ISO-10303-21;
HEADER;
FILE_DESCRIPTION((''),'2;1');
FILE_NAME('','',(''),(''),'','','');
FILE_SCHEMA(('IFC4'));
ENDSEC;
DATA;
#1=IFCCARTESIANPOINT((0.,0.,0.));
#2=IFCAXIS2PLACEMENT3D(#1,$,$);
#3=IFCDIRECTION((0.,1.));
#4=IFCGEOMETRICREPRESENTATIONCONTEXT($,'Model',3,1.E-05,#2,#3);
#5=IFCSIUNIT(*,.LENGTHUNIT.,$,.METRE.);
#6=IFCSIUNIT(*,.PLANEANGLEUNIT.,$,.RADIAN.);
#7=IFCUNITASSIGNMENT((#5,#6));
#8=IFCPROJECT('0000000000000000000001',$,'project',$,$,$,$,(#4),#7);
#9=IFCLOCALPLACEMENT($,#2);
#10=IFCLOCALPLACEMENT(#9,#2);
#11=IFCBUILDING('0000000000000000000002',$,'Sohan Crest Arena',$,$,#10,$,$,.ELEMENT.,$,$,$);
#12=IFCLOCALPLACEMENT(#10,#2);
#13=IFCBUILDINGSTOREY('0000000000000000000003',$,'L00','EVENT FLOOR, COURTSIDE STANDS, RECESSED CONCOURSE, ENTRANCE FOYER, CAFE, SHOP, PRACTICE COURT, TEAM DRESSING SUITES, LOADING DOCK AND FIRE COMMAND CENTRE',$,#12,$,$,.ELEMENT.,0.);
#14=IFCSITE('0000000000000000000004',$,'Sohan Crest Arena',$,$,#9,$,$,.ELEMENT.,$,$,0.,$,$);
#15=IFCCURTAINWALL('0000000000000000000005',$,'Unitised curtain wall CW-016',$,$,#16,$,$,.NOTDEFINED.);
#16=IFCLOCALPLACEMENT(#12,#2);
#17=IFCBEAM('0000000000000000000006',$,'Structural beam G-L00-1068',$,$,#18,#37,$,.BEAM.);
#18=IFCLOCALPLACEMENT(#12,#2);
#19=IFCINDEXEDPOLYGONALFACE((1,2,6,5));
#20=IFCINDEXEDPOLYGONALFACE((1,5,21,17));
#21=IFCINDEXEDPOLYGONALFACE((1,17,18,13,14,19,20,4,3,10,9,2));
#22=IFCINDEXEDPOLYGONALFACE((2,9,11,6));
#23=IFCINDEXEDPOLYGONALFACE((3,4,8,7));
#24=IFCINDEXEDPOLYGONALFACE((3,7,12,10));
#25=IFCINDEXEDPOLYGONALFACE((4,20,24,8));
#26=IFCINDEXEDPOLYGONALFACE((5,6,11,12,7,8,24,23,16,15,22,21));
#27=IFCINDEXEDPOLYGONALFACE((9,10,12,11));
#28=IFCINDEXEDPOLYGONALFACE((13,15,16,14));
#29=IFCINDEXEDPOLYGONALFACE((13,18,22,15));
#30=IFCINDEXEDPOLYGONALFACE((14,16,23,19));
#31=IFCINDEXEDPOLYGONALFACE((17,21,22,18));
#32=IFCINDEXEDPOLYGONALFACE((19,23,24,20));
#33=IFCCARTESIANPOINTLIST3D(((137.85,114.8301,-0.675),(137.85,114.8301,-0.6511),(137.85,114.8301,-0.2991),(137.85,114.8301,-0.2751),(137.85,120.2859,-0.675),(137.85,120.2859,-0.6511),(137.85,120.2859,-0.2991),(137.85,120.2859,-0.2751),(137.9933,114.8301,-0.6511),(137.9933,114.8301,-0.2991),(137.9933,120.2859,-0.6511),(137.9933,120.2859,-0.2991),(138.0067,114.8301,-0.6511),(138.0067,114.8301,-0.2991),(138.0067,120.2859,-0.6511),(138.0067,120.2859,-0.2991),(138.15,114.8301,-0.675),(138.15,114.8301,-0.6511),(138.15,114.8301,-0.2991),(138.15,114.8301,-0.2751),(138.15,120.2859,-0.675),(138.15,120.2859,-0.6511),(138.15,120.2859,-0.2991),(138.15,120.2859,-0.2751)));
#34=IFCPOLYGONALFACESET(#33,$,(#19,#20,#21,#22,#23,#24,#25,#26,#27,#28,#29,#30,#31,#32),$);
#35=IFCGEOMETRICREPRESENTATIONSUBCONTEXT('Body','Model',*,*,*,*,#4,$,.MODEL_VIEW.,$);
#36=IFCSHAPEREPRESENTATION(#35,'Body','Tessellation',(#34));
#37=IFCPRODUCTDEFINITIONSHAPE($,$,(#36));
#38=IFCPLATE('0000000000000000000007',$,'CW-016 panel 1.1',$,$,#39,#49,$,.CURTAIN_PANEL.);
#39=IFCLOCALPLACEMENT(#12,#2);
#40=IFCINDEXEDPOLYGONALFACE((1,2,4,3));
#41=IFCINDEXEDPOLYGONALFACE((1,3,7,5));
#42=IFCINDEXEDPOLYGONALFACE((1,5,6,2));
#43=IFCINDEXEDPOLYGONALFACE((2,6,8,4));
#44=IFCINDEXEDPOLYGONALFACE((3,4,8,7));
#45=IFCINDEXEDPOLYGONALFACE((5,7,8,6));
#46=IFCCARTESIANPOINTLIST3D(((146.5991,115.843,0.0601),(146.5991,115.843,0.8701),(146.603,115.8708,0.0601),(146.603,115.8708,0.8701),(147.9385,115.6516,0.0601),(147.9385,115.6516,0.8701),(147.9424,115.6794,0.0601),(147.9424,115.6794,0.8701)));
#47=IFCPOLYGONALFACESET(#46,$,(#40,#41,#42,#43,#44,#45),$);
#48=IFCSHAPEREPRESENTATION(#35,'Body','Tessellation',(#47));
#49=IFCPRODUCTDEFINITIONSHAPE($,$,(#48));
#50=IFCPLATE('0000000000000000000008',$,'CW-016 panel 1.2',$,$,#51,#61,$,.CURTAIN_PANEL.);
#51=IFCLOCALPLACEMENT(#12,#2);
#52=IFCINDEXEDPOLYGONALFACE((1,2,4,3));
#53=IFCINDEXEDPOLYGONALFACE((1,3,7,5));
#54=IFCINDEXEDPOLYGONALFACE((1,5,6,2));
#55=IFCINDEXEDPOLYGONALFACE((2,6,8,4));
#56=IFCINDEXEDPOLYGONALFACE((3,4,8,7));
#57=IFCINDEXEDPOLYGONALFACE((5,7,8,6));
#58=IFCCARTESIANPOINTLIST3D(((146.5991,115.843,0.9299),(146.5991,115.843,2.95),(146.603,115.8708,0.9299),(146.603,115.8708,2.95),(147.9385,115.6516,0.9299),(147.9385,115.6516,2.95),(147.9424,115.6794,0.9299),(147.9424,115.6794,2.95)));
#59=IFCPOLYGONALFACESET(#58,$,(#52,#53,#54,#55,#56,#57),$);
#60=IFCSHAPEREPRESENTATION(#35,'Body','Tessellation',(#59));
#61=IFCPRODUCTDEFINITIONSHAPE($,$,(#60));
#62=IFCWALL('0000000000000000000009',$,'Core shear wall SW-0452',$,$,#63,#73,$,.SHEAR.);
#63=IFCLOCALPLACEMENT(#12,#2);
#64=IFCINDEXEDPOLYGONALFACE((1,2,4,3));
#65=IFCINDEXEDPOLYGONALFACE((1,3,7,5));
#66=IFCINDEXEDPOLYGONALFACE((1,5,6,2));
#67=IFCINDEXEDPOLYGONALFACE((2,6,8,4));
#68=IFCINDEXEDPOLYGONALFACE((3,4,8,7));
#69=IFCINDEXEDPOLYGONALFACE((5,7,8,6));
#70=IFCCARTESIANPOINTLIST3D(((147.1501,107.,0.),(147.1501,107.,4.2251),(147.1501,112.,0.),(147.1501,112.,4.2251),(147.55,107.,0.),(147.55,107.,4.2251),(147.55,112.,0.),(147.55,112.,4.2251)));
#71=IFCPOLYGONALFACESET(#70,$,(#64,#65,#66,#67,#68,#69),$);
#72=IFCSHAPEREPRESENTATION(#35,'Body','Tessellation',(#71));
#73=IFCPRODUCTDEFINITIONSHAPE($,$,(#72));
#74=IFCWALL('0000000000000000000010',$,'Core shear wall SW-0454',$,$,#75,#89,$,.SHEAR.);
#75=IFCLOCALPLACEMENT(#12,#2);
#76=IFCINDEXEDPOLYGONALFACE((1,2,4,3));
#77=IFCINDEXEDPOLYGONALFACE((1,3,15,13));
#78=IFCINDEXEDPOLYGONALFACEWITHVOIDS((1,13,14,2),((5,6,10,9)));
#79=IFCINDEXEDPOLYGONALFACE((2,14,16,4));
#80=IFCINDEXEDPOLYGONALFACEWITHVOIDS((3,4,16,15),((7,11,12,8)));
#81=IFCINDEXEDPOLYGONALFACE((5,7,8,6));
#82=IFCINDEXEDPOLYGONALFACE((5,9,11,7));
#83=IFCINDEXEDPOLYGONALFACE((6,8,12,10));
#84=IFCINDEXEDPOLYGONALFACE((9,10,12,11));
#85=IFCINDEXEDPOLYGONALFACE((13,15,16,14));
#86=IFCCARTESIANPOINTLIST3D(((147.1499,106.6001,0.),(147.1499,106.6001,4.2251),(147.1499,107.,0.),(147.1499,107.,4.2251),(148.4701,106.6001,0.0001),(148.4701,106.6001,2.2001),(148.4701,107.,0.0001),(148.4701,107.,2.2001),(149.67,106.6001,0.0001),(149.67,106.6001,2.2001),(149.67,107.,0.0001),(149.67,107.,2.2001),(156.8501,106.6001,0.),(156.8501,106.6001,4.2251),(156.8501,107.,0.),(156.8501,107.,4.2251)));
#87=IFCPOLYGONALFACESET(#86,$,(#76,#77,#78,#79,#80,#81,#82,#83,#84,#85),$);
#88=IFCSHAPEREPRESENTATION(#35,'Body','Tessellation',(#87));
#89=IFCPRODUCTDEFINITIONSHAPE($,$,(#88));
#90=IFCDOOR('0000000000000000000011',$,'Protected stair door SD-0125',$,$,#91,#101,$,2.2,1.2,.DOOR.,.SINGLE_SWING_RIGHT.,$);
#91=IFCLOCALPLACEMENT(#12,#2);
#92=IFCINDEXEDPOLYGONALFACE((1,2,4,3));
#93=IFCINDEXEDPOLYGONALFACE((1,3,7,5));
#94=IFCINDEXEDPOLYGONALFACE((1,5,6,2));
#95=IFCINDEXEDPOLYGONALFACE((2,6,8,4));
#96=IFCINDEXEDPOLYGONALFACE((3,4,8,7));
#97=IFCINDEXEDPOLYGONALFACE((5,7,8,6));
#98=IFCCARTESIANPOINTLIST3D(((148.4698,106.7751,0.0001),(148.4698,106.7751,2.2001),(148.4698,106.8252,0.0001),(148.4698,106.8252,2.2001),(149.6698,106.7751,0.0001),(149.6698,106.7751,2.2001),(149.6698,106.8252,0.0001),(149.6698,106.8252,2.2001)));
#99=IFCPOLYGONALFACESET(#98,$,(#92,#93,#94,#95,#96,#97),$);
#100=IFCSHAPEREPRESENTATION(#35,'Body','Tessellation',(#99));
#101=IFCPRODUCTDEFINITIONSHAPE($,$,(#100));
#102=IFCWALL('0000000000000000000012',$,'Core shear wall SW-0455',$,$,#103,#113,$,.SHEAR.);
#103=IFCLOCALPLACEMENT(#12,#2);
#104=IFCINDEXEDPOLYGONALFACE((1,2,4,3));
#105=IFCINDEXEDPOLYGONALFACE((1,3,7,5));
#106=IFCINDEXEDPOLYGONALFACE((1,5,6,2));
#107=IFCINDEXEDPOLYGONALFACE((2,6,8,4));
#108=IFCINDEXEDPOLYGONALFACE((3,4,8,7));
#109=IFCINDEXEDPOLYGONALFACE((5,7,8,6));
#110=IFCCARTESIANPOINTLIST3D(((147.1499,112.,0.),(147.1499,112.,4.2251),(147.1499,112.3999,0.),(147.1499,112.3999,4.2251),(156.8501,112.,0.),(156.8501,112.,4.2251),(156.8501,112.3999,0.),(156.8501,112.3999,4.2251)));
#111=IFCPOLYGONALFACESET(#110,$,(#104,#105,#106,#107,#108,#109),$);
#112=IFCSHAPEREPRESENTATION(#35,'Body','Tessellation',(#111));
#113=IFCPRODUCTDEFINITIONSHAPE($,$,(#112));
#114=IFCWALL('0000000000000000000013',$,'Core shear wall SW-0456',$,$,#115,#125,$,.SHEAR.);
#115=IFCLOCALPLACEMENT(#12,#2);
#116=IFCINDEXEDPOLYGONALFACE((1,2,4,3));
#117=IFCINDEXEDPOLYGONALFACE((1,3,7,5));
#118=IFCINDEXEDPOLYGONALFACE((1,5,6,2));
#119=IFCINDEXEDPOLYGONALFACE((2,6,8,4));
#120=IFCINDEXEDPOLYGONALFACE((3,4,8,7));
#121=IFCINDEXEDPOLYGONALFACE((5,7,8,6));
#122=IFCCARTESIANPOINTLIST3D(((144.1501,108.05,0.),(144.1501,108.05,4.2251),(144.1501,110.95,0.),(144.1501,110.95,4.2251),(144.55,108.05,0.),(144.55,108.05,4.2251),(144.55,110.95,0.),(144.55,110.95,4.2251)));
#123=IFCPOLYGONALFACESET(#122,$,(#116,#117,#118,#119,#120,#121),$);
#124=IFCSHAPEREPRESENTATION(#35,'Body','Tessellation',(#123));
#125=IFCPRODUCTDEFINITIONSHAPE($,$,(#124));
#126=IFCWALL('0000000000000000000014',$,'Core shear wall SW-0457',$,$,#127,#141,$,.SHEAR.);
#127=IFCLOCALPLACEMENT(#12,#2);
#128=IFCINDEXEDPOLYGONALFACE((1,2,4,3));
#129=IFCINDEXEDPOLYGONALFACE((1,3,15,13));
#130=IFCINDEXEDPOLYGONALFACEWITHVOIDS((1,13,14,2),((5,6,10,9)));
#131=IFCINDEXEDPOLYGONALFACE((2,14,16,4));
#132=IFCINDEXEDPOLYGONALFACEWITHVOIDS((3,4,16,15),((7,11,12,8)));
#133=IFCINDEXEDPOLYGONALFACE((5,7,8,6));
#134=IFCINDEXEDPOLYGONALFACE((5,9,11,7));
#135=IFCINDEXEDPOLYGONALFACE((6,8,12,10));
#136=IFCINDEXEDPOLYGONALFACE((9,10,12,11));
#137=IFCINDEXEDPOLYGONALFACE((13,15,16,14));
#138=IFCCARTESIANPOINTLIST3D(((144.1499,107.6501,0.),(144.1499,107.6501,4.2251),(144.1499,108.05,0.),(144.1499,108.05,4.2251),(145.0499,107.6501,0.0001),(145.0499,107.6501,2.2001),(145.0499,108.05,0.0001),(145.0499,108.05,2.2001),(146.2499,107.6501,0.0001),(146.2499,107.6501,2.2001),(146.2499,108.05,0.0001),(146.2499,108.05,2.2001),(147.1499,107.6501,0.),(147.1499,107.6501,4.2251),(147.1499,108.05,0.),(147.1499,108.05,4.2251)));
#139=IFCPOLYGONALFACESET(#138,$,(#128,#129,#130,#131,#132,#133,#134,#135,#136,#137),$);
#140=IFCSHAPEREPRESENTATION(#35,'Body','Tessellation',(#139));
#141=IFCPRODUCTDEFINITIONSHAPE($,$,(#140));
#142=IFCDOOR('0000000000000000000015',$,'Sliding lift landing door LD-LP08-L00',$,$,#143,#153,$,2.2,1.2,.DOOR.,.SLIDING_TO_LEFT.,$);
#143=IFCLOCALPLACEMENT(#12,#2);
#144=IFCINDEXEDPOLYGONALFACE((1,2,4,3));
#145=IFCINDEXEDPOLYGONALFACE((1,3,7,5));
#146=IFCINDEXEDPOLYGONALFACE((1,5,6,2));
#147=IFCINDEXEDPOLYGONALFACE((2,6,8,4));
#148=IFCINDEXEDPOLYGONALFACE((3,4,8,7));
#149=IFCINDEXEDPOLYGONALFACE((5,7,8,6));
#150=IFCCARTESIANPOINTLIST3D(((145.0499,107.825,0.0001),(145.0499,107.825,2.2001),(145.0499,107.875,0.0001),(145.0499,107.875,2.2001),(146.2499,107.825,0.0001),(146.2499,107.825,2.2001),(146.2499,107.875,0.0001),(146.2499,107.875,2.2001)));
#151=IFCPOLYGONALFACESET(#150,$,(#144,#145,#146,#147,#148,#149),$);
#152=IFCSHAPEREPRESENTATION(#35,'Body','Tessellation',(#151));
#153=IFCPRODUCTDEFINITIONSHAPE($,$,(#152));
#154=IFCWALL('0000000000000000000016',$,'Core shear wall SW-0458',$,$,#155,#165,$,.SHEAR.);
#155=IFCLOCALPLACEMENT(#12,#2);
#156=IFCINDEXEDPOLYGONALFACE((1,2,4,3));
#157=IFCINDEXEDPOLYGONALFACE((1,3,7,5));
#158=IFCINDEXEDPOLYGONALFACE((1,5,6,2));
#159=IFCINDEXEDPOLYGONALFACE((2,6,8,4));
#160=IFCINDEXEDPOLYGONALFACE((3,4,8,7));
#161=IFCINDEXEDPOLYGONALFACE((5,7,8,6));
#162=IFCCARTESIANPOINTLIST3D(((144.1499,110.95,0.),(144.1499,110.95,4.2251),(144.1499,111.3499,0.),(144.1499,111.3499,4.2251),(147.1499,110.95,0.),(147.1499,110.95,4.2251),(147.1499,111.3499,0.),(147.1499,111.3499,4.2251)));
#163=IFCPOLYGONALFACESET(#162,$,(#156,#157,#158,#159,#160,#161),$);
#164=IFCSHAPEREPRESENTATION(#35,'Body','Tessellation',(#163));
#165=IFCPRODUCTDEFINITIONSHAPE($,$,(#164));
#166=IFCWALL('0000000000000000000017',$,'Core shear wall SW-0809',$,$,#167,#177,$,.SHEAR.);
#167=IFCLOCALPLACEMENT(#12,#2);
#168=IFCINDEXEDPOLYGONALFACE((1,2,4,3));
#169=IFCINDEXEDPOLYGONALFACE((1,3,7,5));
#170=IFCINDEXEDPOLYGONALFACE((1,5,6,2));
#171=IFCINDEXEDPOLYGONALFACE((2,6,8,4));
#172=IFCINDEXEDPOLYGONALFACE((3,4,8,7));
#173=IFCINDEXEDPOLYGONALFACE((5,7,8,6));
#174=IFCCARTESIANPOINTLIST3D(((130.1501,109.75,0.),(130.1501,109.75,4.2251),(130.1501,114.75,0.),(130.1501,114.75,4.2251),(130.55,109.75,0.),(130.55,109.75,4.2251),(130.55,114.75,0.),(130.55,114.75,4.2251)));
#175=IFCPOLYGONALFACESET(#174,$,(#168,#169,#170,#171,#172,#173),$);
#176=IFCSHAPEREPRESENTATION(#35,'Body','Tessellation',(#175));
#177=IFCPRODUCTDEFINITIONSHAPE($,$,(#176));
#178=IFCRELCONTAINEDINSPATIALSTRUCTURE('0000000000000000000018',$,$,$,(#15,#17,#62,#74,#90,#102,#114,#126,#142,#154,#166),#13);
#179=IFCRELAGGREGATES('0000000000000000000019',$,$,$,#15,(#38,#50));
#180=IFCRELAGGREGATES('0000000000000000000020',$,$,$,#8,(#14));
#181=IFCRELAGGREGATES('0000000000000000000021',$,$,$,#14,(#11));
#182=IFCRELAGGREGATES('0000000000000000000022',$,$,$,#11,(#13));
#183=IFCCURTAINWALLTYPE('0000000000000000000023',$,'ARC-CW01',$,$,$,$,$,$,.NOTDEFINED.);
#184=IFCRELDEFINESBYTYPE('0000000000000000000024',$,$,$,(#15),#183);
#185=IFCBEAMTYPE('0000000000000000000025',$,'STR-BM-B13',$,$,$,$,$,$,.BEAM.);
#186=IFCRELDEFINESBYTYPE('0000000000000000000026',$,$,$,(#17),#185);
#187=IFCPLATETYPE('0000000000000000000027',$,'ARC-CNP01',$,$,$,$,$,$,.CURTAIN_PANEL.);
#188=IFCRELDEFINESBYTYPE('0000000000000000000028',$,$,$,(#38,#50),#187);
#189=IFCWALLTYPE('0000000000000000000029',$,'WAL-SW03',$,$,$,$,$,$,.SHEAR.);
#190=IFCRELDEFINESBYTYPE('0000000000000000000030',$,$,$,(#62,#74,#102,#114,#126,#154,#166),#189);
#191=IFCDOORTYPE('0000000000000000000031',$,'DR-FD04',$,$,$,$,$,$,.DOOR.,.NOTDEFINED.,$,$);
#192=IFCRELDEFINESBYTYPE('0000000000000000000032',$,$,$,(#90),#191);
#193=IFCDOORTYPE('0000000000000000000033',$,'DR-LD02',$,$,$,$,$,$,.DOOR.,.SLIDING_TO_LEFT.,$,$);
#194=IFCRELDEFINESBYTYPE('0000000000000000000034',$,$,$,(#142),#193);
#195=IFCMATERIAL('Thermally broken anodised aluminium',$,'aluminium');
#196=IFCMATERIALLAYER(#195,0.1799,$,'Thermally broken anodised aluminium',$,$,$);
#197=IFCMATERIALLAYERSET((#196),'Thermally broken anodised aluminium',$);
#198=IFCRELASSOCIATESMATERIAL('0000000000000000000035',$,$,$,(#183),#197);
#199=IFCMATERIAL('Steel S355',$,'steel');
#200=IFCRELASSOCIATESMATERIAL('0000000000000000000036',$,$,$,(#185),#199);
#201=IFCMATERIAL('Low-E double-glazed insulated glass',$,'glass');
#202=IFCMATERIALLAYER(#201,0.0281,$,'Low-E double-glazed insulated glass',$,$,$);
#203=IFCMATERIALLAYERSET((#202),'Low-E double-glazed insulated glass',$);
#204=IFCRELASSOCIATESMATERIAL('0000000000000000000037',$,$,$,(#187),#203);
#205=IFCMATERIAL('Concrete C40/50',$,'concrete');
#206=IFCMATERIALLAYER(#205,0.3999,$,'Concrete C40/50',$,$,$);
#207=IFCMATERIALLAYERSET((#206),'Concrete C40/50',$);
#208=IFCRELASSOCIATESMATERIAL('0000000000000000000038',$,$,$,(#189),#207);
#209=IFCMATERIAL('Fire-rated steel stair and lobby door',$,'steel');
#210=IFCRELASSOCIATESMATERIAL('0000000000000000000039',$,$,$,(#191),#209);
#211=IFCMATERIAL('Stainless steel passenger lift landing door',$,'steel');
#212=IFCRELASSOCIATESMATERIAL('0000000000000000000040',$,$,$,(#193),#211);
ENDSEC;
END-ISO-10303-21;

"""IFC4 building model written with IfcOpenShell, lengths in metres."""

from ifc_helpers import new_model, si_unit, direction, frame, frame_2d, origin, origin_2d, place, context, subcontext, project, spatial, rectangle, i_section, extrude, material, layer, layer_set, material_profile, profile_set, type_object, element, fill, aggregate, save


model = new_model("IFC4")

# Units and contexts
model_context = context("Model", 3, precision=1e-05, world=origin(), true_north=direction((0.0, 1.0)))
body_context = subcontext(model_context, "Body", "Model", "MODEL_VIEW")
ifc_project = project(units=[si_unit("LENGTHUNIT", "METRE"), si_unit("PLANEANGLEUNIT", "RADIAN")], contexts=[model_context])

# Site, building, storey
site_placement = place(None, origin())
site = spatial("IfcSite", under=ifc_project, at=site_placement, Name="Sohan Crest Arena", CompositionType="ELEMENT", RefElevation=0.0)
building_placement = place(site_placement, origin())
building = spatial("IfcBuilding", under=site, at=building_placement, Name="Sohan Crest Arena", CompositionType="ELEMENT")
storey_placement = place(building_placement, origin())
storey = spatial("IfcBuildingStorey", under=building, at=storey_placement, Name="L00", Description="EVENT FLOOR, COURTSIDE STANDS, RECESSED CONCOURSE, ENTRANCE FOYER, CAFE, SHOP, PRACTICE COURT, TEAM DRESSING SUITES, LOADING DOCK AND FIRE COMMAND CENTRE", CompositionType="ELEMENT", Elevation=0.0)

# Shared definitions
ifc_material_1 = material(Name="Steel S355", Category="steel")

# Curtain wall
ifc_material_2 = material(Name="Thermally broken anodised aluminium", Category="aluminium")
ifc_layer_1 = layer(ifc_material_2, 0.1799, Name="Thermally broken anodised aluminium")
ifc_layer_set_1 = layer_set([ifc_layer_1], Name="Thermally broken anodised aluminium")
curtain_wall_type = type_object("IfcCurtainWallType", Name="ARC-CW01", PredefinedType="NOTDEFINED", material=ifc_layer_set_1)
curtain_wall_placement = place(storey_placement, origin())
curtain_wall = element("IfcCurtainWall", 1, at=curtain_wall_placement, inside=storey, type_object=curtain_wall_type, Name="Unitised curtain wall CW-016", PredefinedType="NOTDEFINED")

# Beam
ifc_material_profile_1 = material_profile(ifc_material_1, i_section(OverallWidth=0.3, OverallDepth=0.3999, WebThickness=0.0134, FlangeThickness=0.0239, at=origin_2d()), Name="HEB 400")
ifc_profile_set_1 = profile_set([ifc_material_profile_1], Name="Steel S355")
beam_type_1 = type_object("IfcBeamType", Name="STR-BM-B13", PredefinedType="BEAM", material=ifc_profile_set_1)
beam_1_placement = place(storey_placement, frame((138.0, 114.8301, -0.4751), z_axis=(0.0, 1.0, 0.0), x_axis=(-1.0, 0.0, 0.0)))
element("IfcBeam", 2, at=beam_1_placement, inside=storey, type_object=beam_type_1, Name="Structural beam G-L00-1068", PredefinedType="BEAM", context=body_context, shape_type="SweptSolid", body=[
    extrude(i_section(OverallWidth=0.3, OverallDepth=0.3999, WebThickness=0.0134, FlangeThickness=0.0239, at=origin_2d()), origin(), (0.0, 0.0, 1.0), 5.4558),
])

# Plates
ifc_material_3 = material(Name="Low-E double-glazed insulated glass", Category="glass")
ifc_layer_2 = layer(ifc_material_3, 0.0281, Name="Low-E double-glazed insulated glass")
ifc_layer_set_2 = layer_set([ifc_layer_2], Name="Low-E double-glazed insulated glass")
plate_type = type_object("IfcPlateType", Name="ARC-CNP01", PredefinedType="CURTAIN_PANEL", material=ifc_layer_set_2)
plate_1_placement = place(storey_placement, frame((147.2708, 115.7612, 0.0601), z_axis=(0.0, 0.0, 1.0), x_axis=(-0.989944, 0.141463, 0.0)))
plate_1 = element("IfcPlate", 3, at=plate_1_placement, type_object=plate_type, Name="CW-016 panel 1.1", PredefinedType="CURTAIN_PANEL", context=body_context, shape_type="SweptSolid", body=[
    extrude(rectangle(XDim=1.353, YDim=0.0281, at=origin_2d()), origin(), (0.0, 0.0, 1.0), 0.8101),
])
plate_2_placement = place(storey_placement, frame((147.2708, 115.7612, 0.9299), z_axis=(0.0, 0.0, 1.0), x_axis=(-0.989944, 0.141463, 0.0)))
plate_2 = element("IfcPlate", 4, at=plate_2_placement, type_object=plate_type, Name="CW-016 panel 1.2", PredefinedType="CURTAIN_PANEL", context=body_context, shape_type="SweptSolid", body=[
    extrude(rectangle(XDim=1.353, YDim=0.0281, at=origin_2d()), origin(), (0.0, 0.0, 1.0), 2.02),
])
aggregate(curtain_wall, [plate_1, plate_2])

# Wall
ifc_material_4 = material(Name="Concrete C40/50", Category="concrete")
ifc_layer_3 = layer(ifc_material_4, 0.3999, Name="Concrete C40/50")
ifc_layer_set_3 = layer_set([ifc_layer_3], Name="Concrete C40/50")
wall_type = type_object("IfcWallType", Name="WAL-SW03", PredefinedType="SHEAR", material=ifc_layer_set_3)
wall_1_placement = place(storey_placement, frame((147.3501, 107.0, 0.0), z_axis=(0.0, 0.0, 1.0), x_axis=(0.0, 1.0, 0.0)))
element("IfcWall", 5, at=wall_1_placement, inside=storey, type_object=wall_type, Name="Core shear wall SW-0452", PredefinedType="SHEAR", context=body_context, shape_type="SweptSolid", body=[
    extrude(rectangle(XDim=5.0, YDim=0.3999, at=frame_2d((2.5, 0.0))), origin(), (0.0, 0.0, 1.0), 4.2251),
])

# Wall, opening, door
wall_2_placement = place(storey_placement, frame((147.1499, 106.8, 0.0), z_axis=(0.0, 0.0, 1.0), x_axis=(1.0, 0.0, 0.0)))
wall_2 = element("IfcWall", 6, at=wall_2_placement, inside=storey, type_object=wall_type, Name="Core shear wall SW-0454", PredefinedType="SHEAR", context=body_context, shape_type="SweptSolid", body=[
    extrude(rectangle(XDim=9.7002, YDim=0.3999, at=frame_2d((4.8501, 0.0))), origin(), (0.0, 0.0, 1.0), 4.2251),
])
opening_1_placement = place(wall_2_placement, frame((1.3201, 0.0, 0.0)))
opening_1 = element("IfcOpeningElement", 7, at=opening_1_placement, cuts=wall_2, PredefinedType="OPENING", context=body_context, shape_type="SweptSolid", body=[
    extrude(rectangle(XDim=1.2, YDim=2.2, at=frame_2d((0.6001, 1.1001))), frame((0.0, 0.21, 0.0), z_axis=(0.0, -1.0, 0.0), x_axis=(1.0, 0.0, 0.0)), (0.0, 0.0, 1.0), 0.4199),
])
ifc_material_5 = material(Name="Fire-rated steel stair and lobby door", Category="steel")
door_type_1 = type_object("IfcDoorType", Name="DR-FD04", OperationType="NOTDEFINED", PredefinedType="DOOR", material=ifc_material_5)
door_1_placement = place(opening_1_placement, frame((1.2, 0.0, 0.0), z_axis=(0.0, 0.0, 1.0), x_axis=(-1.0, 0.0, 0.0)))
door_1 = element("IfcDoor", 8, at=door_1_placement, inside=storey, type_object=door_type_1, Name="Protected stair door SD-0125", OperationType="SINGLE_SWING_RIGHT", OverallHeight=2.2, OverallWidth=1.2, PredefinedType="DOOR", context=body_context, shape_type="SweptSolid", body=[
    extrude(rectangle(XDim=1.2, YDim=2.2, at=frame_2d((0.6001, 1.1001))), frame((0.0, 0.0249, 0.0), z_axis=(0.0, -1.0, 0.0), x_axis=(1.0, 0.0, 0.0)), (0.0, 0.0, 1.0), 0.05),
])
fill(opening_1, door_1)

# Walls
wall_3_placement = place(storey_placement, frame((147.1499, 112.2, 0.0), z_axis=(0.0, 0.0, 1.0), x_axis=(1.0, 0.0, 0.0)))
element("IfcWall", 9, at=wall_3_placement, inside=storey, type_object=wall_type, Name="Core shear wall SW-0455", PredefinedType="SHEAR", context=body_context, shape_type="SweptSolid", body=[
    extrude(rectangle(XDim=9.7002, YDim=0.3999, at=frame_2d((4.8501, 0.0))), origin(), (0.0, 0.0, 1.0), 4.2251),
])
wall_4_placement = place(storey_placement, frame((144.3501, 108.05, 0.0), z_axis=(0.0, 0.0, 1.0), x_axis=(0.0, 1.0, 0.0)))
element("IfcWall", 10, at=wall_4_placement, inside=storey, type_object=wall_type, Name="Core shear wall SW-0456", PredefinedType="SHEAR", context=body_context, shape_type="SweptSolid", body=[
    extrude(rectangle(XDim=2.8999, YDim=0.3999, at=frame_2d((1.45, 0.0))), origin(), (0.0, 0.0, 1.0), 4.2251),
])

# Wall, opening, door
wall_5_placement = place(storey_placement, frame((144.1499, 107.8501, 0.0), z_axis=(0.0, 0.0, 1.0), x_axis=(1.0, 0.0, 0.0)))
wall_5 = element("IfcWall", 11, at=wall_5_placement, inside=storey, type_object=wall_type, Name="Core shear wall SW-0457", PredefinedType="SHEAR", context=body_context, shape_type="SweptSolid", body=[
    extrude(rectangle(XDim=3.0, YDim=0.3999, at=frame_2d((1.5, 0.0))), origin(), (0.0, 0.0, 1.0), 4.2251),
])
opening_2_placement = place(wall_5_placement, frame((0.8999, 0.0, 0.0)))
opening_2 = element("IfcOpeningElement", 12, at=opening_2_placement, cuts=wall_5, PredefinedType="OPENING", context=body_context, shape_type="SweptSolid", body=[
    extrude(rectangle(XDim=1.2, YDim=2.2, at=frame_2d((0.6001, 1.1001))), frame((0.0, 0.21, 0.0), z_axis=(0.0, -1.0, 0.0), x_axis=(1.0, 0.0, 0.0)), (0.0, 0.0, 1.0), 0.4199),
])
ifc_material_6 = material(Name="Stainless steel passenger lift landing door", Category="steel")
door_type_2 = type_object("IfcDoorType", Name="DR-LD02", OperationType="SLIDING_TO_LEFT", PredefinedType="DOOR", material=ifc_material_6)
door_2_placement = place(opening_2_placement, origin())
door_2 = element("IfcDoor", 13, at=door_2_placement, inside=storey, type_object=door_type_2, Name="Sliding lift landing door LD-LP08-L00", OperationType="SLIDING_TO_LEFT", OverallHeight=2.2, OverallWidth=1.2, PredefinedType="DOOR", context=body_context, shape_type="SweptSolid", body=[
    extrude(rectangle(XDim=1.2, YDim=2.2, at=frame_2d((0.6001, 1.1001))), frame((0.0, 0.0249, 0.0), z_axis=(0.0, -1.0, 0.0), x_axis=(1.0, 0.0, 0.0)), (0.0, 0.0, 1.0), 0.05),
])
fill(opening_2, door_2)

# Walls
wall_6_placement = place(storey_placement, frame((144.1499, 111.1499, 0.0), z_axis=(0.0, 0.0, 1.0), x_axis=(1.0, 0.0, 0.0)))
element("IfcWall", 14, at=wall_6_placement, inside=storey, type_object=wall_type, Name="Core shear wall SW-0458", PredefinedType="SHEAR", context=body_context, shape_type="SweptSolid", body=[
    extrude(rectangle(XDim=3.0, YDim=0.3999, at=frame_2d((1.5, 0.0))), origin(), (0.0, 0.0, 1.0), 4.2251),
])
for number, where, z_axis, x_axis, name in (
    (15, (130.3501, 109.75, 0.0), (0.0, 0.0, 1.0), (0.0, 1.0, 0.0), "Core shear wall SW-0809"),
):
    element("IfcWall", number, at=place(storey_placement, frame(where, z_axis=z_axis, x_axis=x_axis)), inside=storey, type_object=wall_type, Name=name, PredefinedType="SHEAR", context=body_context, shape_type="SweptSolid", body=[
        extrude(rectangle(XDim=5.0, YDim=0.3999, at=frame_2d((2.5, 0.0))), origin(), (0.0, 0.0, 1.0), 4.2251),
    ])

save(model, "model.ifc")
